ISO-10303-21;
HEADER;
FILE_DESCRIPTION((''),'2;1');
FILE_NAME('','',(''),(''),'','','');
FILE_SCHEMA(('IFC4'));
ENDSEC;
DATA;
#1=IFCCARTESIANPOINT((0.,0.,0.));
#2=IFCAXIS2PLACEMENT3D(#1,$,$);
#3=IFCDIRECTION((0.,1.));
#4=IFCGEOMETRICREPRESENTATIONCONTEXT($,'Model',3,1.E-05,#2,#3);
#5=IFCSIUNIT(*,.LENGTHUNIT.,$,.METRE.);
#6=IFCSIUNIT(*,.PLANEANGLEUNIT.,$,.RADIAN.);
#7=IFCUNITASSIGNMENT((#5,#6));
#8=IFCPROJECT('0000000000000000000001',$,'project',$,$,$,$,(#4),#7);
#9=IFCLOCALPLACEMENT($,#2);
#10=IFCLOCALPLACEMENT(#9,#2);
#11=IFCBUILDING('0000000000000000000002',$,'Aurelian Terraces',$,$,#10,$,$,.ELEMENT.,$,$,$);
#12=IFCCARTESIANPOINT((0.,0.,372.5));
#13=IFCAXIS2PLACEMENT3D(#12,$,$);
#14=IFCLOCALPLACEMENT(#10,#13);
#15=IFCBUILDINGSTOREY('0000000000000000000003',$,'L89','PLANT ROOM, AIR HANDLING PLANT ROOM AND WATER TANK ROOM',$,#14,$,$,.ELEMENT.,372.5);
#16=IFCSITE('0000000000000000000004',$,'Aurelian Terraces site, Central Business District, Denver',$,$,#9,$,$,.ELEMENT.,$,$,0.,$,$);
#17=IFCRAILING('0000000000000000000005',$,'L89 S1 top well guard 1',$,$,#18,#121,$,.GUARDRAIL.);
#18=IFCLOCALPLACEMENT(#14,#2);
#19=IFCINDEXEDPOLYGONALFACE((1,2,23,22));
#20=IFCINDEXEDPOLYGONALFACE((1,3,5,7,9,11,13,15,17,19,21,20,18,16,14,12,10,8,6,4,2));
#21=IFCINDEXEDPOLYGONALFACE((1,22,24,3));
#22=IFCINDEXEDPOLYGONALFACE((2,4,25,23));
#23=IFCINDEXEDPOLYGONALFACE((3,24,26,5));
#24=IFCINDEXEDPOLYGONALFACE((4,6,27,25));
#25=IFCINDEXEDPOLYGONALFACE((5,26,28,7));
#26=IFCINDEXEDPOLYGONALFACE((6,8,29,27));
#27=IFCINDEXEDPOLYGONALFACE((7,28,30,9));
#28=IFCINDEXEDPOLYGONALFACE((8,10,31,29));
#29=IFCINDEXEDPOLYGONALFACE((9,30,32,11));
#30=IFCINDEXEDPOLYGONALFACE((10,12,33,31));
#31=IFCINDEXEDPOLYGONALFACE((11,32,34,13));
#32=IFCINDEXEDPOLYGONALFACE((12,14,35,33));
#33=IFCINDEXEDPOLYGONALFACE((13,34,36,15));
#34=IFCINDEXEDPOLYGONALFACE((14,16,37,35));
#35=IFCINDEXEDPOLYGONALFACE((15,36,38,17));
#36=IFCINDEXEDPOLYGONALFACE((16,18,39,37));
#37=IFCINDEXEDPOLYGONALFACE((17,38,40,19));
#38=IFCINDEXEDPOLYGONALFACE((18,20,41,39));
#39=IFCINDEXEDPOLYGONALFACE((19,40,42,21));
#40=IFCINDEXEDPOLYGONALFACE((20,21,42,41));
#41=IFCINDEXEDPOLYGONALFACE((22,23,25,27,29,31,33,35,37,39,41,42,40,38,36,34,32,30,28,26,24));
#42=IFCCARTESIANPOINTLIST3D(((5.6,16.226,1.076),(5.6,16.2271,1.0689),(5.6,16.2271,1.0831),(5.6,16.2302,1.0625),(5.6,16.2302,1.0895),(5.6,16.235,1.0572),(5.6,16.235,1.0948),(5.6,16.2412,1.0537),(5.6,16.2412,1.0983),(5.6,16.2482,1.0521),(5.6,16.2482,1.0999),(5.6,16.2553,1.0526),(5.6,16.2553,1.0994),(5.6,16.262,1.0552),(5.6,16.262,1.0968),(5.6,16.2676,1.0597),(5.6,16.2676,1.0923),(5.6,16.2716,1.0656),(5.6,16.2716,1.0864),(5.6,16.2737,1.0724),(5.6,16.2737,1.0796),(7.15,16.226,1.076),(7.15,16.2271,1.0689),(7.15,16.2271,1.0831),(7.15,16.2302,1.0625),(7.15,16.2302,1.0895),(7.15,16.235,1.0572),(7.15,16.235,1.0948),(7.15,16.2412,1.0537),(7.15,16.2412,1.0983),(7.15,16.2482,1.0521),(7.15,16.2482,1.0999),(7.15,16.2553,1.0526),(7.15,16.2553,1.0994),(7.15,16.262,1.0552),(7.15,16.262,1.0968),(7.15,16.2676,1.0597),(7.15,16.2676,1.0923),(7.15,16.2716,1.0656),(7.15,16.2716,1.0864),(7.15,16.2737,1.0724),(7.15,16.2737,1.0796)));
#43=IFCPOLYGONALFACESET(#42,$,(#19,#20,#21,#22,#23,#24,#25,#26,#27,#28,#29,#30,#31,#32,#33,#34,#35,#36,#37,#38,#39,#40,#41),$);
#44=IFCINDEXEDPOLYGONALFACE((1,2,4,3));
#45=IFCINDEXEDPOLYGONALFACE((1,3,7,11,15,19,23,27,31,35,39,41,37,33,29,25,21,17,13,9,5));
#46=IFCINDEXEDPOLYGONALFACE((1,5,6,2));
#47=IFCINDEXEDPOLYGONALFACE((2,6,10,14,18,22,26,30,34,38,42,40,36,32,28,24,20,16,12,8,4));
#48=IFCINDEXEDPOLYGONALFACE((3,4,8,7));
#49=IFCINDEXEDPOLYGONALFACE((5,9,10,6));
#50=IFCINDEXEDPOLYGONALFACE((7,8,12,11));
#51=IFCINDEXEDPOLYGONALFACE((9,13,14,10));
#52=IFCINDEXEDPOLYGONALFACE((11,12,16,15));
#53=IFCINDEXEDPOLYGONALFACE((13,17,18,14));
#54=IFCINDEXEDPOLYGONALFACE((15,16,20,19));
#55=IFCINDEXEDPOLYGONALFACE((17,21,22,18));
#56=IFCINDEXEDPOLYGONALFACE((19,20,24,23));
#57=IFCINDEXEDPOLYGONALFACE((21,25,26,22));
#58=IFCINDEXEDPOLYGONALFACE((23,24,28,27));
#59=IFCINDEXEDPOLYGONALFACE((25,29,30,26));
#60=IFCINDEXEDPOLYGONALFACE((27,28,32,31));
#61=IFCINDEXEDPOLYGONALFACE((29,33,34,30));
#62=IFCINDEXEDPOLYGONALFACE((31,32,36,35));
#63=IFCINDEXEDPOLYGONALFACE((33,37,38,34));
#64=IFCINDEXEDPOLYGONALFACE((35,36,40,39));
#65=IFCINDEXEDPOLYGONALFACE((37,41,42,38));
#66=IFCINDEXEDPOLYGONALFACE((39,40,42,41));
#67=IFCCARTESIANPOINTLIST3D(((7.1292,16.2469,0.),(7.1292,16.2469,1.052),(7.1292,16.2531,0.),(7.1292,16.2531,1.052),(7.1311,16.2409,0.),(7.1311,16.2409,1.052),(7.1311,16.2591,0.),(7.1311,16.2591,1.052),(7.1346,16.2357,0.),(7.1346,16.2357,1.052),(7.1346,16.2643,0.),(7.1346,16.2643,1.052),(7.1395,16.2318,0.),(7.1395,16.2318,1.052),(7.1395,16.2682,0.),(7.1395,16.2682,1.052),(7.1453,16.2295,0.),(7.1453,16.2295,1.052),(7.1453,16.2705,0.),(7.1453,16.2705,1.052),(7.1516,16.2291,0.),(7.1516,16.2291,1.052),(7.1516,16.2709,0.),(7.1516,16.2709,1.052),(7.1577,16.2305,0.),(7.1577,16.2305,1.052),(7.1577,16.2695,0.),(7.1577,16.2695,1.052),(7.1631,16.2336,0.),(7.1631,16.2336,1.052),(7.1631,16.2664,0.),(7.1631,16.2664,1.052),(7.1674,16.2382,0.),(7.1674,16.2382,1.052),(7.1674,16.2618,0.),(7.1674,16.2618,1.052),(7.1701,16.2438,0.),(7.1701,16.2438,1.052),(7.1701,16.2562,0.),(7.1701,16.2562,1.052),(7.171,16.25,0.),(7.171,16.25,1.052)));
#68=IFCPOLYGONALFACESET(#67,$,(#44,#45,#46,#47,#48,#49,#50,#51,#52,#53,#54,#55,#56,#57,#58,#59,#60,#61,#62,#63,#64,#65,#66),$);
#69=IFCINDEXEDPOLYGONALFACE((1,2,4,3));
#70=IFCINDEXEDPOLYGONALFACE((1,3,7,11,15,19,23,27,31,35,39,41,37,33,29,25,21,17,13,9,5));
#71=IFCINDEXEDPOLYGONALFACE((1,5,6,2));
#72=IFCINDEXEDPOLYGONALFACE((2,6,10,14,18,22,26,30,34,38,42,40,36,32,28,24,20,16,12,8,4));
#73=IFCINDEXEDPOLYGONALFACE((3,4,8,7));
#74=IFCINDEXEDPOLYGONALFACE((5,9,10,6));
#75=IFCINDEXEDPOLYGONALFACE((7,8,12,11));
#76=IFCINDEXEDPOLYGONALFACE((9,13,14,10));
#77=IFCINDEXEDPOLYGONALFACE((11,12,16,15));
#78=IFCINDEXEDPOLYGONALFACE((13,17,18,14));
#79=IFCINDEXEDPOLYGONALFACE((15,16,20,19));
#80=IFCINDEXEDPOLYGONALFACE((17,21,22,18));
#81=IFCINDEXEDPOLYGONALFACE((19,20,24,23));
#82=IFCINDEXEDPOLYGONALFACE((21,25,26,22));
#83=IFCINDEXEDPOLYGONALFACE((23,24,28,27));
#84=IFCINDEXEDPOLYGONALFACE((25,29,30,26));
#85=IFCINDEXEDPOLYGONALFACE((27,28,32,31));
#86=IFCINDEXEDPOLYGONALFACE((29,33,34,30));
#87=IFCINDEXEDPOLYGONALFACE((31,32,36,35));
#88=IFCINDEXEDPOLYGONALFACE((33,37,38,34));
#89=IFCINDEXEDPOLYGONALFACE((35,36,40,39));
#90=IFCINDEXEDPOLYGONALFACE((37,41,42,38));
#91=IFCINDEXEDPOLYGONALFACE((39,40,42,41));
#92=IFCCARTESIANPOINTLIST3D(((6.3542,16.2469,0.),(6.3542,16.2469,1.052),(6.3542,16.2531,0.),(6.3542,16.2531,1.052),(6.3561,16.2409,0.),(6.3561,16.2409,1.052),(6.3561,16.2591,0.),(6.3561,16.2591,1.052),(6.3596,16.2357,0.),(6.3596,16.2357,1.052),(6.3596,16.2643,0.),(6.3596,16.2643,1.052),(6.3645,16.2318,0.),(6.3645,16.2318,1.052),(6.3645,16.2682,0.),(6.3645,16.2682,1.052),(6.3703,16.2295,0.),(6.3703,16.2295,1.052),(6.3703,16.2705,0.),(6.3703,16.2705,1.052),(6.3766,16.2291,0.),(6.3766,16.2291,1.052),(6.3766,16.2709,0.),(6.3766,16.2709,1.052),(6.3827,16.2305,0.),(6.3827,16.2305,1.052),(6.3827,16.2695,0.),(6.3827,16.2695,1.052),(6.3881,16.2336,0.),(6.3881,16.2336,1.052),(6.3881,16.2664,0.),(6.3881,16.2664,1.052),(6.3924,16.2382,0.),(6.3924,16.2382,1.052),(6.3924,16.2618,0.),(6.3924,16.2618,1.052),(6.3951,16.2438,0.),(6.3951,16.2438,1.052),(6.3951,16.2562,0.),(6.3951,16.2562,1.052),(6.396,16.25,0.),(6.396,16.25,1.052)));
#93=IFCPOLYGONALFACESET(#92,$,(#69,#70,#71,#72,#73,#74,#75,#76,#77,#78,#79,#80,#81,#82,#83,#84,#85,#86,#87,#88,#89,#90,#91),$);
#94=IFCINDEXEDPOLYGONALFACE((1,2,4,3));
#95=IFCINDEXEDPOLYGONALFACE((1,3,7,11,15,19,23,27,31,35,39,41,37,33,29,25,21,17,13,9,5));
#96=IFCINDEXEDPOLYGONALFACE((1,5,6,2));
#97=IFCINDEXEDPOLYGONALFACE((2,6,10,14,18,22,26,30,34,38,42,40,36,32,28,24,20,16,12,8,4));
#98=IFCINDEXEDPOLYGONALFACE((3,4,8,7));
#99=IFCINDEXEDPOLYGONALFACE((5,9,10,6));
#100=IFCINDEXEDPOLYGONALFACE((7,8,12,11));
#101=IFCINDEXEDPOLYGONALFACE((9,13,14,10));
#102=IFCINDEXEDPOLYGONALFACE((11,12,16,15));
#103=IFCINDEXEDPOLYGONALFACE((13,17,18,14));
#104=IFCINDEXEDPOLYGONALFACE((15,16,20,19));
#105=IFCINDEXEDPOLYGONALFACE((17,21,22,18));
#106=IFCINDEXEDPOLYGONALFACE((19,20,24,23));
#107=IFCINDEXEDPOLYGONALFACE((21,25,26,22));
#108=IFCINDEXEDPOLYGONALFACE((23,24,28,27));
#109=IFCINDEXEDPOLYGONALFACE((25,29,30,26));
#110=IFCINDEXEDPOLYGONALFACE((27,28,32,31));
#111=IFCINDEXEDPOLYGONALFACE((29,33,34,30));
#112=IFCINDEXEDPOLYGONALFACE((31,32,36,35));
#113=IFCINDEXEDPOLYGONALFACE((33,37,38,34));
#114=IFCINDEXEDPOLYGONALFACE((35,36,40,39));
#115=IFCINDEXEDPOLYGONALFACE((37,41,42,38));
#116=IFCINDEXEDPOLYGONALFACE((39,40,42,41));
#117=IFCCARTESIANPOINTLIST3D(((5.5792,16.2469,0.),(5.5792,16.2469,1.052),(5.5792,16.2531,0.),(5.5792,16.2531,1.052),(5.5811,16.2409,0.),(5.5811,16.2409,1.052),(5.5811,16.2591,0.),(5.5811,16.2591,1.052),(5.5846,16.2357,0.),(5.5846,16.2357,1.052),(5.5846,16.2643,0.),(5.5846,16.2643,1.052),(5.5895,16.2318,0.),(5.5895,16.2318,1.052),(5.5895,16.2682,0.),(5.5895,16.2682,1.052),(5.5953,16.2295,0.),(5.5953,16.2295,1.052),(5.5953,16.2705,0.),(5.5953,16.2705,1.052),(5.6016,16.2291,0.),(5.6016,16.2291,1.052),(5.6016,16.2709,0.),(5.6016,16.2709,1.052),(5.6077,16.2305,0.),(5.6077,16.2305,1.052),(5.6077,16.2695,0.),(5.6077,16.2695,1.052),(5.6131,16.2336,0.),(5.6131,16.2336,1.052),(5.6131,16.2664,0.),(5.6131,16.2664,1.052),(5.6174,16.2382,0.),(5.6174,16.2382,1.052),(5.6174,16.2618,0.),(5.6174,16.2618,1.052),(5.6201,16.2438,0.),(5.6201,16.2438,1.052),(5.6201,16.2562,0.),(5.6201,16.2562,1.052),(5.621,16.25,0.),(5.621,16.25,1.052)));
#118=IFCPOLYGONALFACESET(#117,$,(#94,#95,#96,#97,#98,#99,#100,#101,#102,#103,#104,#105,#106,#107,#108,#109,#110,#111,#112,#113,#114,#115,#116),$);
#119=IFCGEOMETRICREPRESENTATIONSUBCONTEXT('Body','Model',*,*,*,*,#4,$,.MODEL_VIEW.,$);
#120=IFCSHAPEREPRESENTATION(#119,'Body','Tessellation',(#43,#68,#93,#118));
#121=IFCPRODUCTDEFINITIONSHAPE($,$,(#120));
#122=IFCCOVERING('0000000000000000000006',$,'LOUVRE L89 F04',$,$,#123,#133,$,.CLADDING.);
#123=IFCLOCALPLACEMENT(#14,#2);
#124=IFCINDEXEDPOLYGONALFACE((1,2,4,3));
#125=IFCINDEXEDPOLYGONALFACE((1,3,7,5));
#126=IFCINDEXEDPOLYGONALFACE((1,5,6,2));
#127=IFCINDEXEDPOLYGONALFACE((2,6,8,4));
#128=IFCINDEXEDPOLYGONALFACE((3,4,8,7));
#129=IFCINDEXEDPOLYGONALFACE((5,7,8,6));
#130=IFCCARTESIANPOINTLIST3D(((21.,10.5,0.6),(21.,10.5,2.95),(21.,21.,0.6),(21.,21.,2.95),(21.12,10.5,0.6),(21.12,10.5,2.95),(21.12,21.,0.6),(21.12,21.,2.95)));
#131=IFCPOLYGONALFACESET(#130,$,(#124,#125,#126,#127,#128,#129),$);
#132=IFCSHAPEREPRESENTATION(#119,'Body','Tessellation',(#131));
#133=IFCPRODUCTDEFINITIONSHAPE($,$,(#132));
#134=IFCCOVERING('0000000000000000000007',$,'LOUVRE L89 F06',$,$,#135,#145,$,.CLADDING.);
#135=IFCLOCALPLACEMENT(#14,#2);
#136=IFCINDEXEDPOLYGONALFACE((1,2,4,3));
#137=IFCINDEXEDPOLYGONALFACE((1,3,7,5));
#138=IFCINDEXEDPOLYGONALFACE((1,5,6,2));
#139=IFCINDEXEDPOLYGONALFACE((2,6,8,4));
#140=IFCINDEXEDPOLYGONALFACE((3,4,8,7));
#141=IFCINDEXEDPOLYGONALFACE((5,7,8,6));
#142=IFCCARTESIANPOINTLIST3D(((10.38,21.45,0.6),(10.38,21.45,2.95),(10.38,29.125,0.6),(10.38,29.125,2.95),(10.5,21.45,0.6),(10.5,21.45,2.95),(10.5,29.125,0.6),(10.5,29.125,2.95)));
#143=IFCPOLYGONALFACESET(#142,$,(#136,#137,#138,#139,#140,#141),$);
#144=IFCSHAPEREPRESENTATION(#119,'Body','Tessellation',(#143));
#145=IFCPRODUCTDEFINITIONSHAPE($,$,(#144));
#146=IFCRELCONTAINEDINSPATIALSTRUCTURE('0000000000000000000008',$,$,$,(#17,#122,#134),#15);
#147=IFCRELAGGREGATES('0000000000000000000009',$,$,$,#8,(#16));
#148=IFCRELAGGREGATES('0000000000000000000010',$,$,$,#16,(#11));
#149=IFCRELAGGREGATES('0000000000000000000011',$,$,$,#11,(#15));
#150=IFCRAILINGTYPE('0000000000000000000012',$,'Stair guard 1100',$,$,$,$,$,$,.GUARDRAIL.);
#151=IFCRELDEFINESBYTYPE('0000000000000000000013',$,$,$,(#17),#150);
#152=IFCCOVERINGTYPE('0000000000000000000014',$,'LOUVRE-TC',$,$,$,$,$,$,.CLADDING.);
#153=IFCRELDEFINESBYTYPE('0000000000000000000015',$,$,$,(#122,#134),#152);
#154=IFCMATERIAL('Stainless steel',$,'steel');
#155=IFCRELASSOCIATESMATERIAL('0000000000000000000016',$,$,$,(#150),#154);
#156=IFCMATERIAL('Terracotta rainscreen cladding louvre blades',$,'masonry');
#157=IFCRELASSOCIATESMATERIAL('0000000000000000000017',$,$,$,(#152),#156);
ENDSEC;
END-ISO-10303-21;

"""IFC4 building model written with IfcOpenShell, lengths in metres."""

from ifc_helpers import new_model, si_unit, direction, frame, origin, origin_2d, place, context, subcontext, project, spatial, rectangle, circle, extrude, source, transform, mapped, material, type_object, element, save


model = new_model("IFC4")

# Units and contexts
model_context = context("Model", 3, precision=1e-05, world=origin(), true_north=direction((0.0, 1.0)))
body_context = subcontext(model_context, "Body", "Model", "MODEL_VIEW")
ifc_project = project(units=[si_unit("LENGTHUNIT", "METRE"), si_unit("PLANEANGLEUNIT", "RADIAN")], contexts=[model_context])

# Site, building, storey
site_placement = place(None, origin())
site = spatial("IfcSite", under=ifc_project, at=site_placement, Name="Aurelian Terraces site, Central Business District, Denver", CompositionType="ELEMENT", RefElevation=0.0)
building_placement = place(site_placement, origin())
building = spatial("IfcBuilding", under=site, at=building_placement, Name="Aurelian Terraces", CompositionType="ELEMENT")
storey_placement = place(building_placement, frame((0.0, 0.0, 372.5)))
storey = spatial("IfcBuildingStorey", under=building, at=storey_placement, Name="L89", Description="PLANT ROOM, AIR HANDLING PLANT ROOM AND WATER TANK ROOM", CompositionType="ELEMENT", Elevation=372.5)

# Railing
ifc_material_1 = material(Name="Stainless steel", Category="steel")
railing_type = type_object("IfcRailingType", Name="Stair guard 1100", PredefinedType="GUARDRAIL", material=ifc_material_1)
railing_placement = place(storey_placement, frame((7.15, 16.25, 0.0)))
element("IfcRailing", 1, at=railing_placement, inside=storey, type_object=railing_type, Name="L89 S1 top well guard 1", PredefinedType="GUARDRAIL", context=body_context, shape_type="SweptSolid", body=[
    extrude(circle(Radius=0.024, at=origin_2d()), frame((0.0, 0.0, 1.076), z_axis=(-1.0, 0.0, 0.0), x_axis=(0.0, -1.0, 0.0)), (0.0, 0.0, 1.0), 1.55),
    extrude(circle(Radius=0.021, at=origin_2d()), origin(), (0.0, 0.0, 1.0), 1.052),
    extrude(circle(Radius=0.021, at=origin_2d()), frame((-0.775, 0.0, 0.0)), (0.0, 0.0, 1.0), 1.052),
    extrude(circle(Radius=0.021, at=origin_2d()), frame((-1.55, 0.0, 0.0)), (0.0, 0.0, 1.0), 1.052),
])

# Coverings
ifc_material_2 = material(Name="Terracotta rainscreen cladding louvre blades", Category="masonry")
covering_type = type_object("IfcCoveringType", Name="LOUVRE-TC", PredefinedType="CLADDING", material=ifc_material_2)
shared_shape_1 = source(origin(), body_context, "Body", "SweptSolid", [
    extrude(rectangle(XDim=0.12, YDim=10.5, at=origin_2d()), origin(), (0.0, 0.0, 1.0), 2.35),
])
covering_1_placement = place(storey_placement, frame((21.06, 15.75, 0.6), z_axis=(0.0, 0.0, 1.0), x_axis=(1.0, 0.0, 0.0)))
element("IfcCovering", 2, at=covering_1_placement, inside=storey, type_object=covering_type, Name="LOUVRE L89 F04", PredefinedType="CLADDING", context=body_context, shape_type="MappedRepresentation", body=[
    mapped(shared_shape_1, transform((0.0, 0.0, 0.0), scale=1.0)),
])
shared_shape_2 = source(origin(), body_context, "Body", "SweptSolid", [
    extrude(rectangle(XDim=0.12, YDim=7.675, at=origin_2d()), origin(), (0.0, 0.0, 1.0), 2.35),
])
covering_2_placement = place(storey_placement, frame((10.44, 25.2875, 0.6), z_axis=(0.0, 0.0, 1.0), x_axis=(1.0, 0.0, 0.0)))
element("IfcCovering", 3, at=covering_2_placement, inside=storey, type_object=covering_type, Name="LOUVRE L89 F06", PredefinedType="CLADDING", context=body_context, shape_type="MappedRepresentation", body=[
    mapped(shared_shape_2, transform((0.0, 0.0, 0.0), scale=1.0)),
])

save(model, "model.ifc")
